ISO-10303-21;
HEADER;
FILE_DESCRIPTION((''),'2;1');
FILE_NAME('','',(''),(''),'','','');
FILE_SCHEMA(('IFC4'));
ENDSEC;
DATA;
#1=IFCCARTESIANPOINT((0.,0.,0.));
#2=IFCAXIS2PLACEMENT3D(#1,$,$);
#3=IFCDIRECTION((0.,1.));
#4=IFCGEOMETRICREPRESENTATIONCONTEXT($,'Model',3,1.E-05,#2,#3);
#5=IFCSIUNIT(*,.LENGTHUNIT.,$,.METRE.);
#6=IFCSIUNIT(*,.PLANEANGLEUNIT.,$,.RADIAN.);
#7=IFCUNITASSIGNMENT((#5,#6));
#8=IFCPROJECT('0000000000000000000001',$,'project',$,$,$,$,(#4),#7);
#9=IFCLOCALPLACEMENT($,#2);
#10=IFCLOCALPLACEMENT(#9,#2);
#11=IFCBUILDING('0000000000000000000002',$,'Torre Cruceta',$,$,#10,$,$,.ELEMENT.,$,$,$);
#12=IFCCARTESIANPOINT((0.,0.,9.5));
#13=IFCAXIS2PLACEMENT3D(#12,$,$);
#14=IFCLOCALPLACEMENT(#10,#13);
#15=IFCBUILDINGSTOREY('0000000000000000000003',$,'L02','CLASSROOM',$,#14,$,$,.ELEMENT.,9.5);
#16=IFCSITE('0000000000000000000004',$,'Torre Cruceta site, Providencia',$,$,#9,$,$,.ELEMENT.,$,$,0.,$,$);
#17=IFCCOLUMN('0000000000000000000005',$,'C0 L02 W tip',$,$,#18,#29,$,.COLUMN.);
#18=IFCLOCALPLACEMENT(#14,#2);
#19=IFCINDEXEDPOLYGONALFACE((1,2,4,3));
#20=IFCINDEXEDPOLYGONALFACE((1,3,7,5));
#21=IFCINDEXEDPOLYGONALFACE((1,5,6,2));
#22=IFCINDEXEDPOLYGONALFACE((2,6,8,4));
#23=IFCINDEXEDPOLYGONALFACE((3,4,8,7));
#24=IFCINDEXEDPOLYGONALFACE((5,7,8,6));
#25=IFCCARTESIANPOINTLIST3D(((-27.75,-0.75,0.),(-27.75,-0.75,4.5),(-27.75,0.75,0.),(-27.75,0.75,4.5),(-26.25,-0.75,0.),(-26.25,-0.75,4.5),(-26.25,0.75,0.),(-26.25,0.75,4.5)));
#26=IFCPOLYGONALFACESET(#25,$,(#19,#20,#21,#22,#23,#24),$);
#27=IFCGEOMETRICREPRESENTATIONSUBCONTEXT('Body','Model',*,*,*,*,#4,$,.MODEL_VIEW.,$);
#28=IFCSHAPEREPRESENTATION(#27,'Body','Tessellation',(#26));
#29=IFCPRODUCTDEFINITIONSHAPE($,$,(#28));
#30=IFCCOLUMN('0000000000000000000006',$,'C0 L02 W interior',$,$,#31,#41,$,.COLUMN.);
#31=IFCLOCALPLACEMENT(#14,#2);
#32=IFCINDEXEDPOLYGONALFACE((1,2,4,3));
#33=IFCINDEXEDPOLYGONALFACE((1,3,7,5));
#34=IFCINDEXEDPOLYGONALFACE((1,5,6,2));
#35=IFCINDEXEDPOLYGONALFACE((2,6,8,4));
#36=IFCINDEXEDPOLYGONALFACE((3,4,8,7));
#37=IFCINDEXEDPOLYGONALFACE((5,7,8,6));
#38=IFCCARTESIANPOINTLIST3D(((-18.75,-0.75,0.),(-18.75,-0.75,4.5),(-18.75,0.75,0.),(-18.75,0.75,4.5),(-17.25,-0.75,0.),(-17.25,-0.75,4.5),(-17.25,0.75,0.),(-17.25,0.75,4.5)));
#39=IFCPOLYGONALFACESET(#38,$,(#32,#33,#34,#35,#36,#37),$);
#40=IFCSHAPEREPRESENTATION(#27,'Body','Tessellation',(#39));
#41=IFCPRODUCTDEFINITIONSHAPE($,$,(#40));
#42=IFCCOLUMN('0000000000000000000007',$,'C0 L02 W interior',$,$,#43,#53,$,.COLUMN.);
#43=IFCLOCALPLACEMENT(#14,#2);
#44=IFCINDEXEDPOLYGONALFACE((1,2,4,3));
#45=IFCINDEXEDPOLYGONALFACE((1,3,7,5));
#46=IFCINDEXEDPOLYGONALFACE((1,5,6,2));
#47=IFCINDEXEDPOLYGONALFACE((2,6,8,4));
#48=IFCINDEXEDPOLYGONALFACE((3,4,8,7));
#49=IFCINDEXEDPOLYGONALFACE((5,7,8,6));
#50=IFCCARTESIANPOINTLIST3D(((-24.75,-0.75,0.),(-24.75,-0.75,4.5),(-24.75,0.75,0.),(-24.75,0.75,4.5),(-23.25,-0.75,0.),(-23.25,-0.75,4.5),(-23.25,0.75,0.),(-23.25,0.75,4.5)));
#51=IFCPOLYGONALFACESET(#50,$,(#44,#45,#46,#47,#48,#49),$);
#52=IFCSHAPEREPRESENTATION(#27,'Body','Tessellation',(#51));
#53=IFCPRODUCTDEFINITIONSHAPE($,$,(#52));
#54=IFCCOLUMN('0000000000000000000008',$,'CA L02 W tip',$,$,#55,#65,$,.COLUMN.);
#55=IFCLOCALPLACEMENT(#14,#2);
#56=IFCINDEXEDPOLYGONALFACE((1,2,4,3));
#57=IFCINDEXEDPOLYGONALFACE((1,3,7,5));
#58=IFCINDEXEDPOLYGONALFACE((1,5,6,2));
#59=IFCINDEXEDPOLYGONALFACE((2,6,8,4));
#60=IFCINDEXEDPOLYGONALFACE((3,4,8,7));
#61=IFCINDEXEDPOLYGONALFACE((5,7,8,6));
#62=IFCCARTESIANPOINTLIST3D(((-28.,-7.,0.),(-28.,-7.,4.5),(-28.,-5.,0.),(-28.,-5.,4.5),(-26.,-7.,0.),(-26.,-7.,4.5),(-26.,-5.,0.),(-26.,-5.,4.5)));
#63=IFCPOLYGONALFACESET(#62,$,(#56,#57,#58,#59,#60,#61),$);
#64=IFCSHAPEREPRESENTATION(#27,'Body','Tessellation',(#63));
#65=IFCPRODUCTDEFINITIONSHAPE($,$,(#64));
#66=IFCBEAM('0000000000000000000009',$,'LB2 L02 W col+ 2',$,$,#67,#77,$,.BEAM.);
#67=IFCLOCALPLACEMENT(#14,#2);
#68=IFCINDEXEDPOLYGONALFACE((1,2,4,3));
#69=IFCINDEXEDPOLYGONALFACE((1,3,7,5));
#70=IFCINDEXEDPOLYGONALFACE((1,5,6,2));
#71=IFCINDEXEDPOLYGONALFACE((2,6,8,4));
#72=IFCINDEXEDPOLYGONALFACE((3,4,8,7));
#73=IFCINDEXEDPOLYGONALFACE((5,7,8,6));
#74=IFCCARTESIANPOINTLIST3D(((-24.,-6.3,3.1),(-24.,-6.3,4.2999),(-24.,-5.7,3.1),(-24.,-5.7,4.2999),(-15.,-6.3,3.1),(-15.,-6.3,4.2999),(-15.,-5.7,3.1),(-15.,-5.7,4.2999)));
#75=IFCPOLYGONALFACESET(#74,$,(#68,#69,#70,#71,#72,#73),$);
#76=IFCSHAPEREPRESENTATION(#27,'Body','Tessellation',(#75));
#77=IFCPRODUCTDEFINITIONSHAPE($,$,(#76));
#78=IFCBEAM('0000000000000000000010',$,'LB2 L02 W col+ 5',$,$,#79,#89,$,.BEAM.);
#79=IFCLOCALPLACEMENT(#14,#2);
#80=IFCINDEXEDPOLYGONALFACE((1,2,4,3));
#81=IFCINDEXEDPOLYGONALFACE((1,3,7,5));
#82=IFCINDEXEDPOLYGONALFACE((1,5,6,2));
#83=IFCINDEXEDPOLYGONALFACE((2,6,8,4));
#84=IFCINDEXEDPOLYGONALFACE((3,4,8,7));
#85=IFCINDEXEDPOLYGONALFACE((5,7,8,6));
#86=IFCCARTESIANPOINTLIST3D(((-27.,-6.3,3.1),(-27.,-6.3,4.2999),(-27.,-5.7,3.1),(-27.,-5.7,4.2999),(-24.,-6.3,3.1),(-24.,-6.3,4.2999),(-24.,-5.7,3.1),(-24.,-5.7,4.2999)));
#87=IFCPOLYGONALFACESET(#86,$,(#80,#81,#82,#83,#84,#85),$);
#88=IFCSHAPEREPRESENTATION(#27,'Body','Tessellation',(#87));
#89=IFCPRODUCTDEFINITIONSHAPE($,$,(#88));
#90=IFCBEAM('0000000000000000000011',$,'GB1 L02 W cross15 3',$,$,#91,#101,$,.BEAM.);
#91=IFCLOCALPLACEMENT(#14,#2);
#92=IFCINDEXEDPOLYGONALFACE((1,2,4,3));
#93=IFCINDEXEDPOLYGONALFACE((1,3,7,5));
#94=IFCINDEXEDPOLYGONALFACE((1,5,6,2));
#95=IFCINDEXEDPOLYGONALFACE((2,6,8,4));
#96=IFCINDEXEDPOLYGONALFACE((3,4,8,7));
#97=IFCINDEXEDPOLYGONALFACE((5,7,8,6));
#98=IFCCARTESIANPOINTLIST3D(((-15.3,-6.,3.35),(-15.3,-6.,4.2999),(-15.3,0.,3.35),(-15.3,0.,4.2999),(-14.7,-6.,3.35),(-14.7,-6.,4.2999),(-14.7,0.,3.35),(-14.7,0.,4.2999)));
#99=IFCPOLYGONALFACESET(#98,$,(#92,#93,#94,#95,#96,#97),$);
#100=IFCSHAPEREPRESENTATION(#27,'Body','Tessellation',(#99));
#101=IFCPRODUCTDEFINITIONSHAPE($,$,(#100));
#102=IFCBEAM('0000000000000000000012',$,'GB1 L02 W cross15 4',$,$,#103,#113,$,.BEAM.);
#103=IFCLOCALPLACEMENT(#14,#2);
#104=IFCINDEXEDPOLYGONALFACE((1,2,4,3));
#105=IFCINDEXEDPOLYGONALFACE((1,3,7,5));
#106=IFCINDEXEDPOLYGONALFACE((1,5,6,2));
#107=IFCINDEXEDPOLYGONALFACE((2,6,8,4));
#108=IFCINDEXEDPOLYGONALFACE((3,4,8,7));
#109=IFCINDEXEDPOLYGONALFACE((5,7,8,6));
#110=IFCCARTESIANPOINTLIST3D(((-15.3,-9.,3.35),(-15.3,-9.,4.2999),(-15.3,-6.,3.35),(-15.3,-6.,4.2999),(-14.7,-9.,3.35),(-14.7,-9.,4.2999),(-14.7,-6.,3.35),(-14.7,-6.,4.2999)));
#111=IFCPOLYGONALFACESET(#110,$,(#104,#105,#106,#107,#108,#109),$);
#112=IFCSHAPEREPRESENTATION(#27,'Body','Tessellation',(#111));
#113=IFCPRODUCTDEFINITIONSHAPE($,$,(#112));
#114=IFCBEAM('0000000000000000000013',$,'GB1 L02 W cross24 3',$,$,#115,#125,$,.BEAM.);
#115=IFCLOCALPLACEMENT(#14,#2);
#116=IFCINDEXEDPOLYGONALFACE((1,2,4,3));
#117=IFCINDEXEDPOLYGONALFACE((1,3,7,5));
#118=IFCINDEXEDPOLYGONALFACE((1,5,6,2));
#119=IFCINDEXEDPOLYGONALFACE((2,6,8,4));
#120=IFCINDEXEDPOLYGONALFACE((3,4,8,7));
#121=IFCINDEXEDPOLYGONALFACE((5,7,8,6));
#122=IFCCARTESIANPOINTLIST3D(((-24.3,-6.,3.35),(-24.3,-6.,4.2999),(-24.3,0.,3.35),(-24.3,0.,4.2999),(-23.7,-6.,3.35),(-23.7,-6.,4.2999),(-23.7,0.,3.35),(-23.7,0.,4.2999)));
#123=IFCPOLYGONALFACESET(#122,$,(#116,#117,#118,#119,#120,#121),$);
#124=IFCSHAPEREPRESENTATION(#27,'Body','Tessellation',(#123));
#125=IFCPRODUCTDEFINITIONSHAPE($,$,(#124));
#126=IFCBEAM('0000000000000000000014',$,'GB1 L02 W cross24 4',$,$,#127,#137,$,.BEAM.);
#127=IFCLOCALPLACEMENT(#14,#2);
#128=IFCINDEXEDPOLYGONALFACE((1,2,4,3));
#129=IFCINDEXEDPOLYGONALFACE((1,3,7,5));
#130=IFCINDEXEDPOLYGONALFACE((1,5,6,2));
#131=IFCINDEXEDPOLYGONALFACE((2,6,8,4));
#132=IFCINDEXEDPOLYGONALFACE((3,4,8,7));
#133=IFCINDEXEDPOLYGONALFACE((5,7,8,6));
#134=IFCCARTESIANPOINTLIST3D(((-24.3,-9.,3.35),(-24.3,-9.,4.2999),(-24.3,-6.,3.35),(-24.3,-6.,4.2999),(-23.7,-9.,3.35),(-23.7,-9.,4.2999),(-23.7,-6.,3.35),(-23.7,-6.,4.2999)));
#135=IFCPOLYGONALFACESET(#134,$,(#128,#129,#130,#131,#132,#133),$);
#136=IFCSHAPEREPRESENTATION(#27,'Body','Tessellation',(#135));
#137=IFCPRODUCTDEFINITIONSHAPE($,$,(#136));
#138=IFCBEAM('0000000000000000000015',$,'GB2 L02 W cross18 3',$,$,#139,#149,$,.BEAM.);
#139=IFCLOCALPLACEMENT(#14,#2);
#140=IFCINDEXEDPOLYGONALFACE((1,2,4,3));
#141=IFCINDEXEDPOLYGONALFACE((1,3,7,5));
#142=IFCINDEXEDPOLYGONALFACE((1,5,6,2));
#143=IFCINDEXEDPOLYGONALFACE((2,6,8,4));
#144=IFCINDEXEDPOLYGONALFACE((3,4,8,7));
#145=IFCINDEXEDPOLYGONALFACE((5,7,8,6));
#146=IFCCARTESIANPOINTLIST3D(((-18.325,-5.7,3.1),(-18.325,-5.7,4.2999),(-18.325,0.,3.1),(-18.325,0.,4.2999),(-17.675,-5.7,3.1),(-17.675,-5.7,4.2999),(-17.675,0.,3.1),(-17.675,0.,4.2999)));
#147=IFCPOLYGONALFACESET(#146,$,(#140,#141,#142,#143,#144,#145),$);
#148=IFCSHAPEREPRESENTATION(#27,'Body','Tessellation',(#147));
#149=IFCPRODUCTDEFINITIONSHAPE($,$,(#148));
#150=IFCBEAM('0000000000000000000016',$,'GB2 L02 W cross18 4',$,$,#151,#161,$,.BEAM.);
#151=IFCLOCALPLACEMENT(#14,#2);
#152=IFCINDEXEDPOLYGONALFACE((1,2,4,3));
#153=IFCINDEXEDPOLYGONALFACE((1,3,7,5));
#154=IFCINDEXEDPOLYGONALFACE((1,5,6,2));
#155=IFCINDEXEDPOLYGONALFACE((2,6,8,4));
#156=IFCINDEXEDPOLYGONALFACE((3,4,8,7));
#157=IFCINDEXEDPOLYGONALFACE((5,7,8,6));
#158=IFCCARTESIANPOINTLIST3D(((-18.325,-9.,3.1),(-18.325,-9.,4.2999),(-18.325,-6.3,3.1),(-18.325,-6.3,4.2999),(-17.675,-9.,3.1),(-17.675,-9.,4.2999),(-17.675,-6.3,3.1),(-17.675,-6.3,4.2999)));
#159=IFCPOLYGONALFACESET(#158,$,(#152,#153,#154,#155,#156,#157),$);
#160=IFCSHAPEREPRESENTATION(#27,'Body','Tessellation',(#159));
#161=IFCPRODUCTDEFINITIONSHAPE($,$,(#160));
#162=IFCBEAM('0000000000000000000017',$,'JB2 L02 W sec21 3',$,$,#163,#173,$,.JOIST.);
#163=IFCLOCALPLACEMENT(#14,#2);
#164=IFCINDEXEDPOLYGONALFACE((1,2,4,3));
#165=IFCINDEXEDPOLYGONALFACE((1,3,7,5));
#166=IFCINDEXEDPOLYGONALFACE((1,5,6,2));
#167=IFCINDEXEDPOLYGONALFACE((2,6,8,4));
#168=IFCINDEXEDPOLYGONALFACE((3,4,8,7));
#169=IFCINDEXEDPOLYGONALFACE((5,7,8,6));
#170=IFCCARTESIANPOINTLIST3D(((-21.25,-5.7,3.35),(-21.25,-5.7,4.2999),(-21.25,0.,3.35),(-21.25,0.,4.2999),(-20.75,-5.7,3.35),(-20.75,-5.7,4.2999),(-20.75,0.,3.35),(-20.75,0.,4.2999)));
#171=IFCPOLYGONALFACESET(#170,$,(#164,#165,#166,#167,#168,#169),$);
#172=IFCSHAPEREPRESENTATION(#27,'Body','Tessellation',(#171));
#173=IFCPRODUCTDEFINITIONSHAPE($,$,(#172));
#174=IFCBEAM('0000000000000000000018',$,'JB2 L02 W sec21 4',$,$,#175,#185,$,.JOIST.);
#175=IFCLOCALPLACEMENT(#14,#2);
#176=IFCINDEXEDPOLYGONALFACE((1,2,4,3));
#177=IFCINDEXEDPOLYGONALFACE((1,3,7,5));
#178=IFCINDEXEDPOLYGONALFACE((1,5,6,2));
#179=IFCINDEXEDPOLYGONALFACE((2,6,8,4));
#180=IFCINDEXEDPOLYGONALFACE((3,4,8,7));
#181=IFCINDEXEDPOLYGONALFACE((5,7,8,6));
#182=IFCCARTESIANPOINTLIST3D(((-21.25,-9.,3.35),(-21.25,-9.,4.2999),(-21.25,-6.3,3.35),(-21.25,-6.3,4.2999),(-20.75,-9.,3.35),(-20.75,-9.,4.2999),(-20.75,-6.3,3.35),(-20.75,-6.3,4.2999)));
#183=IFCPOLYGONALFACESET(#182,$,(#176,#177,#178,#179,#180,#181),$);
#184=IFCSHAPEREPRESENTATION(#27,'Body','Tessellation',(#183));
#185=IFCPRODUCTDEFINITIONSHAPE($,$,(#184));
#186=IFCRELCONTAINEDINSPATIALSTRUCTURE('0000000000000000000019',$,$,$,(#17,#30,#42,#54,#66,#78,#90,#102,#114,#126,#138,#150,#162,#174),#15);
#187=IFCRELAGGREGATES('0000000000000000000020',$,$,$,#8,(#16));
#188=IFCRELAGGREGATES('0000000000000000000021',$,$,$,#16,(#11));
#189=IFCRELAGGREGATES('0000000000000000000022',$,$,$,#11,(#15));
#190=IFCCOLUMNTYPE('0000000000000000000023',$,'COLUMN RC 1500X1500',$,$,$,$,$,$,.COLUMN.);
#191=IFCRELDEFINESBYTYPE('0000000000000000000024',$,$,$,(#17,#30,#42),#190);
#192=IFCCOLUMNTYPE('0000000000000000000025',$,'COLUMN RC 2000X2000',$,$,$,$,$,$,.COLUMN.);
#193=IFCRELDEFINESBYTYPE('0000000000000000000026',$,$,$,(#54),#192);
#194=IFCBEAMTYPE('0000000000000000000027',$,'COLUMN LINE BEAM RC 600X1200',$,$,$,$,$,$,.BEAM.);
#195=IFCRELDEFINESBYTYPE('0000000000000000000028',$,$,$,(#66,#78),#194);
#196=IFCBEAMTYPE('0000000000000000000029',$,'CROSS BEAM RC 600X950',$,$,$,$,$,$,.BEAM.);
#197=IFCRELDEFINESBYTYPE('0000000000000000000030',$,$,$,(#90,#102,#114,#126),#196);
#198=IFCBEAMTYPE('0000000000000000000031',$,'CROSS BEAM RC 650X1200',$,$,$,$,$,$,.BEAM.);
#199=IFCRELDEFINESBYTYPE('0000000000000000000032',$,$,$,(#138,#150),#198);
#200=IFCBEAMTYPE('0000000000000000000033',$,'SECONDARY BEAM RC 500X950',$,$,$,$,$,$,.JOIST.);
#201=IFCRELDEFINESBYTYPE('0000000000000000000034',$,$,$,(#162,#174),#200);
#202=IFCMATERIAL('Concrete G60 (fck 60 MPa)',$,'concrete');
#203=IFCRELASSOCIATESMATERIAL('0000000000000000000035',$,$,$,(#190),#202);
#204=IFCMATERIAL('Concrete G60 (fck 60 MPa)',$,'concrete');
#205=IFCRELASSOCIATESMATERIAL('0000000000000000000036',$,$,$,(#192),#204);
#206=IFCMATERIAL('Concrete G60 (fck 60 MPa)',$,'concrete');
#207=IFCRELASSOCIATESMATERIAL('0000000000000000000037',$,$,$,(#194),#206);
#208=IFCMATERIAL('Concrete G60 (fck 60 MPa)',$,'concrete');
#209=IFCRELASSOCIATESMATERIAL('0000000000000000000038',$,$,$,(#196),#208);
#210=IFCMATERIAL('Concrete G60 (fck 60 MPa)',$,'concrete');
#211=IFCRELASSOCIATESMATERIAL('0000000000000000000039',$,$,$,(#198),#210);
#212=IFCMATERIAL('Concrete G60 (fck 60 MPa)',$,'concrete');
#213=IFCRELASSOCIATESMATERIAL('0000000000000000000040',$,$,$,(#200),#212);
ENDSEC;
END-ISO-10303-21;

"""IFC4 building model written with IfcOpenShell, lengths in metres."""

from ifc_helpers import new_model, si_unit, direction, frame, origin, origin_2d, place, context, subcontext, project, spatial, rectangle, extrude, material, material_profile, profile_set, type_object, element, save


model = new_model("IFC4")

# Units and contexts
model_context = context("Model", 3, precision=1e-05, world=origin(), true_north=direction((0.0, 1.0)))
body_context = subcontext(model_context, "Body", "Model", "MODEL_VIEW")
ifc_project = project(units=[si_unit("LENGTHUNIT", "METRE"), si_unit("PLANEANGLEUNIT", "RADIAN")], contexts=[model_context])

# Site, building, storey
site_placement = place(None, origin())
site = spatial("IfcSite", under=ifc_project, at=site_placement, Name="Torre Cruceta site, Providencia", CompositionType="ELEMENT", RefElevation=0.0)
building_placement = place(site_placement, origin())
building = spatial("IfcBuilding", under=site, at=building_placement, Name="Torre Cruceta", CompositionType="ELEMENT")
storey_placement = place(building_placement, frame((0.0, 0.0, 9.5)))
storey = spatial("IfcBuildingStorey", under=building, at=storey_placement, Name="L02", Description="CLASSROOM", CompositionType="ELEMENT", Elevation=9.5)

# Columns
ifc_material_1 = material(Name="Concrete G60 (fck 60 MPa)", Category="concrete")
ifc_material_profile_1 = material_profile(ifc_material_1, rectangle(XDim=1.5, YDim=1.5, at=origin_2d()), Name="RC 1500X1500")
ifc_profile_set_1 = profile_set([ifc_material_profile_1], Name="Concrete G60 (fck 60 MPa)")
column_type_1 = type_object("IfcColumnType", Name="COLUMN RC 1500X1500", PredefinedType="COLUMN", material=ifc_profile_set_1)
for number, where, z_axis, x_axis, name in (
    (1, (-27.0, 0.0, 0.0), (0.0, 0.0, 1.0), (1.0, 0.0, 0.0), "C0 L02 W tip"),
    (2, (-18.0, 0.0, 0.0), (0.0, 0.0, 1.0), (1.0, 0.0, 0.0), "C0 L02 W interior"),
    (3, (-24.0, 0.0, 0.0), (0.0, 0.0, 1.0), (1.0, 0.0, 0.0), "C0 L02 W interior"),
):
    element("IfcColumn", number, at=place(storey_placement, frame(where, z_axis=z_axis, x_axis=x_axis)), inside=storey, type_object=column_type_1, Name=name, PredefinedType="COLUMN", context=body_context, shape_type="SweptSolid", body=[
        extrude(rectangle(XDim=1.5, YDim=1.5, at=origin_2d()), origin(), (0.0, 0.0, 1.0), 4.5),
    ])
ifc_material_2 = material(Name="Concrete G60 (fck 60 MPa)", Category="concrete")
ifc_material_profile_2 = material_profile(ifc_material_2, rectangle(XDim=2.0, YDim=2.0, at=origin_2d()), Name="RC 2000X2000")
ifc_profile_set_2 = profile_set([ifc_material_profile_2], Name="Concrete G60 (fck 60 MPa)")
column_type_2 = type_object("IfcColumnType", Name="COLUMN RC 2000X2000", PredefinedType="COLUMN", material=ifc_profile_set_2)
column_placement = place(storey_placement, frame((-27.0, -6.0, 0.0), z_axis=(0.0, 0.0, 1.0), x_axis=(1.0, 0.0, 0.0)))
element("IfcColumn", 4, at=column_placement, inside=storey, type_object=column_type_2, Name="CA L02 W tip", PredefinedType="COLUMN", context=body_context, shape_type="SweptSolid", body=[
    extrude(rectangle(XDim=2.0, YDim=2.0, at=origin_2d()), origin(), (0.0, 0.0, 1.0), 4.5),
])

# Beams
ifc_material_3 = material(Name="Concrete G60 (fck 60 MPa)", Category="concrete")
ifc_material_profile_3 = material_profile(ifc_material_3, rectangle(XDim=0.6001, YDim=1.2, at=origin_2d()), Name="RC 600X1200")
ifc_profile_set_3 = profile_set([ifc_material_profile_3], Name="Concrete G60 (fck 60 MPa)")
beam_type_1 = type_object("IfcBeamType", Name="COLUMN LINE BEAM RC 600X1200", PredefinedType="BEAM", material=ifc_profile_set_3)
beam_1_placement = place(storey_placement, frame((-15.0, -6.0, 3.7), z_axis=(-1.0, 0.0, 0.0), x_axis=(0.0, -1.0, 0.0)))
element("IfcBeam", 5, at=beam_1_placement, inside=storey, type_object=beam_type_1, Name="LB2 L02 W col+ 2", PredefinedType="BEAM", context=body_context, shape_type="SweptSolid", body=[
    extrude(rectangle(XDim=0.6001, YDim=1.2, at=origin_2d()), origin(), (0.0, 0.0, 1.0), 9.0),
])
beam_2_placement = place(storey_placement, frame((-24.0, -6.0, 3.7), z_axis=(-1.0, 0.0, 0.0), x_axis=(0.0, -1.0, 0.0)))
element("IfcBeam", 6, at=beam_2_placement, inside=storey, type_object=beam_type_1, Name="LB2 L02 W col+ 5", PredefinedType="BEAM", context=body_context, shape_type="SweptSolid", body=[
    extrude(rectangle(XDim=0.6001, YDim=1.2, at=origin_2d()), origin(), (0.0, 0.0, 1.0), 3.0),
])
ifc_material_4 = material(Name="Concrete G60 (fck 60 MPa)", Category="concrete")
ifc_material_profile_4 = material_profile(ifc_material_4, rectangle(XDim=0.6001, YDim=0.95, at=origin_2d()), Name="RC 600X950")
ifc_profile_set_4 = profile_set([ifc_material_profile_4], Name="Concrete G60 (fck 60 MPa)")
beam_type_2 = type_object("IfcBeamType", Name="CROSS BEAM RC 600X950", PredefinedType="BEAM", material=ifc_profile_set_4)
beam_3_placement = place(storey_placement, frame((-15.0, 0.0, 3.825), z_axis=(0.0, -1.0, 0.0), x_axis=(1.0, 0.0, 0.0)))
element("IfcBeam", 7, at=beam_3_placement, inside=storey, type_object=beam_type_2, Name="GB1 L02 W cross15 3", PredefinedType="BEAM", context=body_context, shape_type="SweptSolid", body=[
    extrude(rectangle(XDim=0.6001, YDim=0.95, at=origin_2d()), origin(), (0.0, 0.0, 1.0), 6.0),
])
beam_4_placement = place(storey_placement, frame((-15.0, -6.0, 3.825), z_axis=(0.0, -1.0, 0.0), x_axis=(1.0, 0.0, 0.0)))
element("IfcBeam", 8, at=beam_4_placement, inside=storey, type_object=beam_type_2, Name="GB1 L02 W cross15 4", PredefinedType="BEAM", context=body_context, shape_type="SweptSolid", body=[
    extrude(rectangle(XDim=0.6001, YDim=0.95, at=origin_2d()), origin(), (0.0, 0.0, 1.0), 3.0),
])
beam_5_placement = place(storey_placement, frame((-24.0, 0.0, 3.825), z_axis=(0.0, -1.0, 0.0), x_axis=(1.0, 0.0, 0.0)))
element("IfcBeam", 9, at=beam_5_placement, inside=storey, type_object=beam_type_2, Name="GB1 L02 W cross24 3", PredefinedType="BEAM", context=body_context, shape_type="SweptSolid", body=[
    extrude(rectangle(XDim=0.6001, YDim=0.95, at=origin_2d()), origin(), (0.0, 0.0, 1.0), 6.0),
])
beam_6_placement = place(storey_placement, frame((-24.0, -6.0, 3.825), z_axis=(0.0, -1.0, 0.0), x_axis=(1.0, 0.0, 0.0)))
element("IfcBeam", 10, at=beam_6_placement, inside=storey, type_object=beam_type_2, Name="GB1 L02 W cross24 4", PredefinedType="BEAM", context=body_context, shape_type="SweptSolid", body=[
    extrude(rectangle(XDim=0.6001, YDim=0.95, at=origin_2d()), origin(), (0.0, 0.0, 1.0), 3.0),
])
ifc_material_5 = material(Name="Concrete G60 (fck 60 MPa)", Category="concrete")
ifc_material_profile_5 = material_profile(ifc_material_5, rectangle(XDim=0.6499, YDim=1.2, at=origin_2d()), Name="RC 650X1200")
ifc_profile_set_5 = profile_set([ifc_material_profile_5], Name="Concrete G60 (fck 60 MPa)")
beam_type_3 = type_object("IfcBeamType", Name="CROSS BEAM RC 650X1200", PredefinedType="BEAM", material=ifc_profile_set_5)
beam_7_placement = place(storey_placement, frame((-18.0, 0.0, 3.7), z_axis=(0.0, -1.0, 0.0), x_axis=(1.0, 0.0, 0.0)))
element("IfcBeam", 11, at=beam_7_placement, inside=storey, type_object=beam_type_3, Name="GB2 L02 W cross18 3", PredefinedType="BEAM", context=body_context, shape_type="SweptSolid", body=[
    extrude(rectangle(XDim=0.6499, YDim=1.2, at=origin_2d()), origin(), (0.0, 0.0, 1.0), 5.7),
])
beam_8_placement = place(storey_placement, frame((-18.0, -6.3, 3.7), z_axis=(0.0, -1.0, 0.0), x_axis=(1.0, 0.0, 0.0)))
element("IfcBeam", 12, at=beam_8_placement, inside=storey, type_object=beam_type_3, Name="GB2 L02 W cross18 4", PredefinedType="BEAM", context=body_context, shape_type="SweptSolid", body=[
    extrude(rectangle(XDim=0.6499, YDim=1.2, at=origin_2d()), origin(), (0.0, 0.0, 1.0), 2.7),
])
ifc_material_6 = material(Name="Concrete G60 (fck 60 MPa)", Category="concrete")
ifc_material_profile_6 = material_profile(ifc_material_6, rectangle(XDim=0.5, YDim=0.95, at=origin_2d()), Name="RC 500X950")
ifc_profile_set_6 = profile_set([ifc_material_profile_6], Name="Concrete G60 (fck 60 MPa)")
beam_type_4 = type_object("IfcBeamType", Name="SECONDARY BEAM RC 500X950", PredefinedType="JOIST", material=ifc_profile_set_6)
beam_9_placement = place(storey_placement, frame((-21.0, 0.0, 3.825), z_axis=(0.0, -1.0, 0.0), x_axis=(1.0, 0.0, 0.0)))
element("IfcBeam", 13, at=beam_9_placement, inside=storey, type_object=beam_type_4, Name="JB2 L02 W sec21 3", PredefinedType="JOIST", context=body_context, shape_type="SweptSolid", body=[
    extrude(rectangle(XDim=0.5, YDim=0.95, at=origin_2d()), origin(), (0.0, 0.0, 1.0), 5.7),
])
beam_10_placement = place(storey_placement, frame((-21.0, -6.3, 3.825), z_axis=(0.0, -1.0, 0.0), x_axis=(1.0, 0.0, 0.0)))
element("IfcBeam", 14, at=beam_10_placement, inside=storey, type_object=beam_type_4, Name="JB2 L02 W sec21 4", PredefinedType="JOIST", context=body_context, shape_type="SweptSolid", body=[
    extrude(rectangle(XDim=0.5, YDim=0.95, at=origin_2d()), origin(), (0.0, 0.0, 1.0), 2.7),
])

save(model, "model.ifc")
